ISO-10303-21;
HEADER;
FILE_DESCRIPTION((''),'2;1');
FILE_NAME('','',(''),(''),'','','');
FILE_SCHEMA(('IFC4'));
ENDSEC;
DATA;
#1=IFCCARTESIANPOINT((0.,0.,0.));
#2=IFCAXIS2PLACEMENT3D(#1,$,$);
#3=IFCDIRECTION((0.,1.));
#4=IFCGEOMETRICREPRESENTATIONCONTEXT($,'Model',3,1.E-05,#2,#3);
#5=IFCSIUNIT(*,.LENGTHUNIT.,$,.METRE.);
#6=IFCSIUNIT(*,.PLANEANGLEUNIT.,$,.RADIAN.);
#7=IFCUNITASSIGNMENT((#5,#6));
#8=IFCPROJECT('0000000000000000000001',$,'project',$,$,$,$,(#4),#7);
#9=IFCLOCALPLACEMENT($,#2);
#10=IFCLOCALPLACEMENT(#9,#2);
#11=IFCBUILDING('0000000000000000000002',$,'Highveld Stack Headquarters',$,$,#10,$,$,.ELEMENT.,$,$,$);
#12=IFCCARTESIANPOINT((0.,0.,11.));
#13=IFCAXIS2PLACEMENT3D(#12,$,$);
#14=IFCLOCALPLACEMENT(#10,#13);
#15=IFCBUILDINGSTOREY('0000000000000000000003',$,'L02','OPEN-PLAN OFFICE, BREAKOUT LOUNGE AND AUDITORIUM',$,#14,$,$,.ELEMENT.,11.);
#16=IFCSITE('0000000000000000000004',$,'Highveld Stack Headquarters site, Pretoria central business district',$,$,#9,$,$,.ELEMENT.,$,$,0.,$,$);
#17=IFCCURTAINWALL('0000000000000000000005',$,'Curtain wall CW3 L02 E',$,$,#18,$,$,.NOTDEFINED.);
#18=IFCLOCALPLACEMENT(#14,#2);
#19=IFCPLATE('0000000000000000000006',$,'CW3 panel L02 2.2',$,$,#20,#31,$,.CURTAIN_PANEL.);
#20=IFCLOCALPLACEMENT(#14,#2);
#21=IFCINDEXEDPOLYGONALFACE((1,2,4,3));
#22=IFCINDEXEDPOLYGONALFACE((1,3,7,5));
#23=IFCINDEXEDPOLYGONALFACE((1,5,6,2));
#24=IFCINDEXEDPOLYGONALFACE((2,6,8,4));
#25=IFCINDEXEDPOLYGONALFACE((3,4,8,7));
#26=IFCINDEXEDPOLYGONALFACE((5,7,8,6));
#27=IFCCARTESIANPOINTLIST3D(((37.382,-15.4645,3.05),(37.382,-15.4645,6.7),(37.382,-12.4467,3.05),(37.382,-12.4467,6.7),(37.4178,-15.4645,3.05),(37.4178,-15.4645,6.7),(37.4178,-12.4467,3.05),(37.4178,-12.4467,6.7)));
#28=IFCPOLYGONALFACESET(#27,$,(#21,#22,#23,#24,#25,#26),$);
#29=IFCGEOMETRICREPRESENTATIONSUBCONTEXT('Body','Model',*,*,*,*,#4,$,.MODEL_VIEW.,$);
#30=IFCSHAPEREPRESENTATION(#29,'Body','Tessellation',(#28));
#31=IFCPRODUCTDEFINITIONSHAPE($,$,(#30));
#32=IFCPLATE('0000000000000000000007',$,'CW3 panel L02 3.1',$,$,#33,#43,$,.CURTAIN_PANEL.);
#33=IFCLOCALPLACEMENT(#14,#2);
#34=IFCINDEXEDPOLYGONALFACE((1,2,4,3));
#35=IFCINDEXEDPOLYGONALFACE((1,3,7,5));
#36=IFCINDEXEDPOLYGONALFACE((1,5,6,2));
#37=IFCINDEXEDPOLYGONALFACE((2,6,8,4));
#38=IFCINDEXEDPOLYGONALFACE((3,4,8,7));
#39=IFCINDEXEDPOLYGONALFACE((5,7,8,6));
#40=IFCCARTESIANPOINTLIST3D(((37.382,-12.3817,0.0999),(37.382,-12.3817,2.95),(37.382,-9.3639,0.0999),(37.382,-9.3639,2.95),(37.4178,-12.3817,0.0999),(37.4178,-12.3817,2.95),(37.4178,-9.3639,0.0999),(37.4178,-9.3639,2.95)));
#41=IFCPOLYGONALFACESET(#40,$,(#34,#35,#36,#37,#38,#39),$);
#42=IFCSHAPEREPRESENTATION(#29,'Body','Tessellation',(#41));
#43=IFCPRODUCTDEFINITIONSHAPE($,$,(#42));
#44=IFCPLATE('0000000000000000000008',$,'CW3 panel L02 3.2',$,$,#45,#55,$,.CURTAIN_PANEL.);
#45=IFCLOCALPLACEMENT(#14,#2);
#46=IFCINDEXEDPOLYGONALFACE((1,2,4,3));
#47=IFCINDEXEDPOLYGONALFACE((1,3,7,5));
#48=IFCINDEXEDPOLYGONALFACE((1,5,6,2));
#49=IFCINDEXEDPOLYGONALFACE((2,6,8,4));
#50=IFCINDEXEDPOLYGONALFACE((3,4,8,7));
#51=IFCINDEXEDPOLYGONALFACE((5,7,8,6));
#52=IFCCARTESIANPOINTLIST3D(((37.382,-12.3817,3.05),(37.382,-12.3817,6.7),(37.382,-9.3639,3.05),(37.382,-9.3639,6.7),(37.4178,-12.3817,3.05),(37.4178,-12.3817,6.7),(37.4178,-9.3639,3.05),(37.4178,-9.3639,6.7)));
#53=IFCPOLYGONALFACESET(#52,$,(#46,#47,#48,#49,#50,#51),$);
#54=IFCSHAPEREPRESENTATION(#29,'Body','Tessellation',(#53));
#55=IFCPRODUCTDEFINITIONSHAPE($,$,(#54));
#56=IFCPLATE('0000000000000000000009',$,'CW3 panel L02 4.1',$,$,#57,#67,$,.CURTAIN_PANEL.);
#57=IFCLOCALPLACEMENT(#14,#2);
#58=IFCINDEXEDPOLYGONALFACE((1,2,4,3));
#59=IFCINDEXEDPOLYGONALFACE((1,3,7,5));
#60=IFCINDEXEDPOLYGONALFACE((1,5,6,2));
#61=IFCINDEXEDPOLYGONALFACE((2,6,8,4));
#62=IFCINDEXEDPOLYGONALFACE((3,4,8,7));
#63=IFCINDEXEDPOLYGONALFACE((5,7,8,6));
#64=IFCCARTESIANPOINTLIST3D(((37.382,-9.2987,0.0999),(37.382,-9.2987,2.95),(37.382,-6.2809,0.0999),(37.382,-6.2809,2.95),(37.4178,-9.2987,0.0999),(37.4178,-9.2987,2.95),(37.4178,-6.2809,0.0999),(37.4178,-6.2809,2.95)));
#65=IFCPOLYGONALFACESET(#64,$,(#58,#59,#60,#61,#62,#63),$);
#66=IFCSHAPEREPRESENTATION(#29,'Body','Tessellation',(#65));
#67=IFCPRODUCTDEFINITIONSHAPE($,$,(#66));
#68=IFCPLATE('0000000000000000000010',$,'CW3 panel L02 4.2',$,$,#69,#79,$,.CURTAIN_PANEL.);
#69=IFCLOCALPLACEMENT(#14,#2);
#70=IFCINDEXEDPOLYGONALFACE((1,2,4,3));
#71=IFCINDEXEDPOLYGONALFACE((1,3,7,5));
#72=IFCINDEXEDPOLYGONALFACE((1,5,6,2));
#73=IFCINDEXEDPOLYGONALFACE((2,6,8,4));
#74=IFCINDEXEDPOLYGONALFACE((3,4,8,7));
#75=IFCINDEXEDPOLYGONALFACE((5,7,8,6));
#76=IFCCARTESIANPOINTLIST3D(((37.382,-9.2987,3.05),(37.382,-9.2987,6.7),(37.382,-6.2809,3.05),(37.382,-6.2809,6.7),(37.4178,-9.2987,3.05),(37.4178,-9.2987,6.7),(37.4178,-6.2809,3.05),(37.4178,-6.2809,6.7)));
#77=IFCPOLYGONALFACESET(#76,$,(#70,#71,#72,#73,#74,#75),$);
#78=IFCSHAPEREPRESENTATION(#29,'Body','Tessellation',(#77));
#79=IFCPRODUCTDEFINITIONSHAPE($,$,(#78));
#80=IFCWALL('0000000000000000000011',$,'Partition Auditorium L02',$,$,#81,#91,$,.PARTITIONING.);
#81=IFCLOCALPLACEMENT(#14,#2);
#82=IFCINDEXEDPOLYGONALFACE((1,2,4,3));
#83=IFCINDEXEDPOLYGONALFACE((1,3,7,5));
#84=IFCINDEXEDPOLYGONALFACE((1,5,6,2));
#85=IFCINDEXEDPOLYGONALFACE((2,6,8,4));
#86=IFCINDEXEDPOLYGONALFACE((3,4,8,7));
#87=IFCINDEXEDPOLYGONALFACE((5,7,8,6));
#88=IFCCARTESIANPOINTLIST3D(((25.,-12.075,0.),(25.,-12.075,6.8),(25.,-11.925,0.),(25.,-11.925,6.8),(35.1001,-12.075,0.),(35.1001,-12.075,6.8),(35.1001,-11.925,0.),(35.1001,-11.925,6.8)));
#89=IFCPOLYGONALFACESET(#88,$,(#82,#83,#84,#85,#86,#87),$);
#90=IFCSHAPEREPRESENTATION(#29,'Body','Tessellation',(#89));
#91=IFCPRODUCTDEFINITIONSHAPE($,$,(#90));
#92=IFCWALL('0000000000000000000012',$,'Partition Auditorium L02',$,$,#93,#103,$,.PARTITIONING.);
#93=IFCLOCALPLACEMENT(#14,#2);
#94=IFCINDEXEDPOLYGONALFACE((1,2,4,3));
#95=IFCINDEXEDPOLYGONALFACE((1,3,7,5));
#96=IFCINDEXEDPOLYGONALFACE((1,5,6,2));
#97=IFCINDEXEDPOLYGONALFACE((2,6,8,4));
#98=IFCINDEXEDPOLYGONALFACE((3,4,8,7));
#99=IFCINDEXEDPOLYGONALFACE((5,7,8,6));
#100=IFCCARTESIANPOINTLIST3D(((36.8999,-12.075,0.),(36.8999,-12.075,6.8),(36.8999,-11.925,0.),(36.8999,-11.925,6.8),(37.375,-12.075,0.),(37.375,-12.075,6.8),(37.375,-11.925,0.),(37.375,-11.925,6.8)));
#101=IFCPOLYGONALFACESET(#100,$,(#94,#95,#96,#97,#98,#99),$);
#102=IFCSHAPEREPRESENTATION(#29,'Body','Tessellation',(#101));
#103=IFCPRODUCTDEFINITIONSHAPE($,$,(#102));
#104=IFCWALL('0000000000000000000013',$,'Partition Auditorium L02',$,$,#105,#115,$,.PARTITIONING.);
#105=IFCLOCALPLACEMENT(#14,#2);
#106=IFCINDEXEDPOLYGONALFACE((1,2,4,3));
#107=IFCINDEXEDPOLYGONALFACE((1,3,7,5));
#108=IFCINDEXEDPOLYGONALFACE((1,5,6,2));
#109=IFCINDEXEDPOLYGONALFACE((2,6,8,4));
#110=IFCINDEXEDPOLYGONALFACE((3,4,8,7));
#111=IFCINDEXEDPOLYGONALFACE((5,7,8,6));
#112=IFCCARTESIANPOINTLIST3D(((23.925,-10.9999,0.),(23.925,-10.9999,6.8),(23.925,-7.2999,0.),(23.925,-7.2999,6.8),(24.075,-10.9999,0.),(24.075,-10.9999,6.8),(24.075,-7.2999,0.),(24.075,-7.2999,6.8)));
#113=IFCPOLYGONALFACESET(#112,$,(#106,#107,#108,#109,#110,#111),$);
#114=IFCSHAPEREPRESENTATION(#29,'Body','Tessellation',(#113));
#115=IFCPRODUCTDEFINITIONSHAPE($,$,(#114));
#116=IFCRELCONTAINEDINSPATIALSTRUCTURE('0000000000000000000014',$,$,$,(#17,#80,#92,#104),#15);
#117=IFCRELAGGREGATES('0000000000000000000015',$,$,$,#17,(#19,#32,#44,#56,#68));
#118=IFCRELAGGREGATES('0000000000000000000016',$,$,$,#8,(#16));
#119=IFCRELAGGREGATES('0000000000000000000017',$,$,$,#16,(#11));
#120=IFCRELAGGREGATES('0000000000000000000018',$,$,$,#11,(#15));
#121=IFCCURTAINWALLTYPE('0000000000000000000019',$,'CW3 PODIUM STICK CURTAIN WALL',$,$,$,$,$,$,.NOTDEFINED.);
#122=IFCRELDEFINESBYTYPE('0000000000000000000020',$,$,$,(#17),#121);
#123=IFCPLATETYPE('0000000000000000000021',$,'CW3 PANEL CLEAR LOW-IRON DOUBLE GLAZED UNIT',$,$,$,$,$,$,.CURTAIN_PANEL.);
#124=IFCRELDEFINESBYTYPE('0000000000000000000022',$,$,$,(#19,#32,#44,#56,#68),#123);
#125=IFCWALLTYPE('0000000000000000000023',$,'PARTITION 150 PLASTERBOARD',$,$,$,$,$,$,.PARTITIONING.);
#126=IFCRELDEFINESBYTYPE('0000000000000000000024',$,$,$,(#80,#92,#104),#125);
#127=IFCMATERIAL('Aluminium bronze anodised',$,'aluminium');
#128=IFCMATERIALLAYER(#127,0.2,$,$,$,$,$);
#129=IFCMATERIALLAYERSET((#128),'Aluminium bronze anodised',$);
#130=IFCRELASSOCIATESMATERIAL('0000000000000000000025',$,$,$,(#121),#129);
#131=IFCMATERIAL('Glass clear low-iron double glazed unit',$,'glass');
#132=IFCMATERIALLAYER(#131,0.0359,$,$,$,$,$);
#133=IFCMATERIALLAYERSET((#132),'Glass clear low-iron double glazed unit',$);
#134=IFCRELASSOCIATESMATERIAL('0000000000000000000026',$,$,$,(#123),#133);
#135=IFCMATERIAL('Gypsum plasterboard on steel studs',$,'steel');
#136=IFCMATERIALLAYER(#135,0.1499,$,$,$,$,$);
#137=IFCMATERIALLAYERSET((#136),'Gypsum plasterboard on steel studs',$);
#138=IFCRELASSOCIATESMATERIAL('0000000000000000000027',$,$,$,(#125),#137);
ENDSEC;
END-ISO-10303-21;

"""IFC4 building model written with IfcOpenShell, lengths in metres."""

from ifc_helpers import new_model, si_unit, direction, frame, frame_2d, origin, origin_2d, place, context, subcontext, project, spatial, rectangle, extrude, material, layer, layer_set, type_object, element, aggregate, save


model = new_model("IFC4")

# Units and contexts
model_context = context("Model", 3, precision=1e-05, world=origin(), true_north=direction((0.0, 1.0)))
body_context = subcontext(model_context, "Body", "Model", "MODEL_VIEW")
ifc_project = project(units=[si_unit("LENGTHUNIT", "METRE"), si_unit("PLANEANGLEUNIT", "RADIAN")], contexts=[model_context])

# Site, building, storey
site_placement = place(None, origin())
site = spatial("IfcSite", under=ifc_project, at=site_placement, Name="Highveld Stack Headquarters site, Pretoria central business district", CompositionType="ELEMENT", RefElevation=0.0)
building_placement = place(site_placement, origin())
building = spatial("IfcBuilding", under=site, at=building_placement, Name="Highveld Stack Headquarters", CompositionType="ELEMENT")
storey_placement = place(building_placement, frame((0.0, 0.0, 11.0)))
storey = spatial("IfcBuildingStorey", under=building, at=storey_placement, Name="L02", Description="OPEN-PLAN OFFICE, BREAKOUT LOUNGE AND AUDITORIUM", CompositionType="ELEMENT", Elevation=11.0)

# Curtain wall, plates
ifc_material_1 = material(Name="Aluminium bronze anodised", Category="aluminium")
ifc_layer_1 = layer(ifc_material_1, 0.2)
ifc_layer_set_1 = layer_set([ifc_layer_1], Name="Aluminium bronze anodised")
curtain_wall_type = type_object("IfcCurtainWallType", Name="CW3 PODIUM STICK CURTAIN WALL", PredefinedType="NOTDEFINED", material=ifc_layer_set_1)
curtain_wall_placement = place(storey_placement, origin())
curtain_wall = element("IfcCurtainWall", 1, at=curtain_wall_placement, inside=storey, type_object=curtain_wall_type, Name="Curtain wall CW3 L02 E", PredefinedType="NOTDEFINED")
ifc_material_2 = material(Name="Glass clear low-iron double glazed unit", Category="glass")
ifc_layer_2 = layer(ifc_material_2, 0.0359)
ifc_layer_set_2 = layer_set([ifc_layer_2], Name="Glass clear low-iron double glazed unit")
plate_type = type_object("IfcPlateType", Name="CW3 PANEL CLEAR LOW-IRON DOUBLE GLAZED UNIT", PredefinedType="CURTAIN_PANEL", material=ifc_layer_set_2)
plate_1_placement = place(storey_placement, frame((37.3999, -13.9556, 3.05), z_axis=(0.0, 0.0, 1.0), x_axis=(0.0, 1.0, 0.0)))
plate_1 = element("IfcPlate", 2, at=plate_1_placement, type_object=plate_type, Name="CW3 panel L02 2.2", PredefinedType="CURTAIN_PANEL", context=body_context, shape_type="SweptSolid", body=[
    extrude(rectangle(XDim=3.0178, YDim=0.0359, at=origin_2d()), origin(), (0.0, 0.0, 1.0), 3.6499),
])
plate_2_placement = place(storey_placement, frame((37.3999, -10.8728, 0.0999), z_axis=(0.0, 0.0, 1.0), x_axis=(0.0, 1.0, 0.0)))
plate_2 = element("IfcPlate", 3, at=plate_2_placement, type_object=plate_type, Name="CW3 panel L02 3.1", PredefinedType="CURTAIN_PANEL", context=body_context, shape_type="SweptSolid", body=[
    extrude(rectangle(XDim=3.0178, YDim=0.0359, at=origin_2d()), origin(), (0.0, 0.0, 1.0), 2.8501),
])
plate_3_placement = place(storey_placement, frame((37.3999, -10.8728, 3.05), z_axis=(0.0, 0.0, 1.0), x_axis=(0.0, 1.0, 0.0)))
plate_3 = element("IfcPlate", 4, at=plate_3_placement, type_object=plate_type, Name="CW3 panel L02 3.2", PredefinedType="CURTAIN_PANEL", context=body_context, shape_type="SweptSolid", body=[
    extrude(rectangle(XDim=3.0178, YDim=0.0359, at=origin_2d()), origin(), (0.0, 0.0, 1.0), 3.6499),
])
plate_4_placement = place(storey_placement, frame((37.3999, -7.7898, 0.0999), z_axis=(0.0, 0.0, 1.0), x_axis=(0.0, 1.0, 0.0)))
plate_4 = element("IfcPlate", 5, at=plate_4_placement, type_object=plate_type, Name="CW3 panel L02 4.1", PredefinedType="CURTAIN_PANEL", context=body_context, shape_type="SweptSolid", body=[
    extrude(rectangle(XDim=3.0178, YDim=0.0359, at=origin_2d()), origin(), (0.0, 0.0, 1.0), 2.8501),
])
plate_5_placement = place(storey_placement, frame((37.3999, -7.7898, 3.05), z_axis=(0.0, 0.0, 1.0), x_axis=(0.0, 1.0, 0.0)))
plate_5 = element("IfcPlate", 6, at=plate_5_placement, type_object=plate_type, Name="CW3 panel L02 4.2", PredefinedType="CURTAIN_PANEL", context=body_context, shape_type="SweptSolid", body=[
    extrude(rectangle(XDim=3.0178, YDim=0.0359, at=origin_2d()), origin(), (0.0, 0.0, 1.0), 3.6499),
])
aggregate(curtain_wall, [plate_1, plate_2, plate_3, plate_4, plate_5])

# Walls
ifc_material_3 = material(Name="Gypsum plasterboard on steel studs", Category="steel")
ifc_layer_3 = layer(ifc_material_3, 0.1499)
ifc_layer_set_3 = layer_set([ifc_layer_3], Name="Gypsum plasterboard on steel studs")
wall_type = type_object("IfcWallType", Name="PARTITION 150 PLASTERBOARD", PredefinedType="PARTITIONING", material=ifc_layer_set_3)
wall_1_placement = place(storey_placement, frame((25.0, -12.0, 0.0), z_axis=(0.0, 0.0, 1.0), x_axis=(1.0, 0.0, 0.0)))
element("IfcWall", 7, at=wall_1_placement, inside=storey, type_object=wall_type, Name="Partition Auditorium L02", PredefinedType="PARTITIONING", context=body_context, shape_type="SweptSolid", body=[
    extrude(rectangle(XDim=10.1001, YDim=0.1499, at=frame_2d((5.05, 0.0))), origin(), (0.0, 0.0, 1.0), 6.8),
])
wall_2_placement = place(storey_placement, frame((36.8999, -12.0, 0.0), z_axis=(0.0, 0.0, 1.0), x_axis=(1.0, 0.0, 0.0)))
element("IfcWall", 8, at=wall_2_placement, inside=storey, type_object=wall_type, Name="Partition Auditorium L02", PredefinedType="PARTITIONING", context=body_context, shape_type="SweptSolid", body=[
    extrude(rectangle(XDim=0.4751, YDim=0.1499, at=frame_2d((0.2375, 0.0))), origin(), (0.0, 0.0, 1.0), 6.8),
])
wall_3_placement = place(storey_placement, frame((24.0, -11.0, 0.0), z_axis=(0.0, 0.0, 1.0), x_axis=(0.0, 1.0, 0.0)))
element("IfcWall", 9, at=wall_3_placement, inside=storey, type_object=wall_type, Name="Partition Auditorium L02", PredefinedType="PARTITIONING", context=body_context, shape_type="SweptSolid", body=[
    extrude(rectangle(XDim=3.7, YDim=0.1499, at=frame_2d((1.8501, 0.0))), origin(), (0.0, 0.0, 1.0), 6.8),
])

save(model, "model.ifc")
